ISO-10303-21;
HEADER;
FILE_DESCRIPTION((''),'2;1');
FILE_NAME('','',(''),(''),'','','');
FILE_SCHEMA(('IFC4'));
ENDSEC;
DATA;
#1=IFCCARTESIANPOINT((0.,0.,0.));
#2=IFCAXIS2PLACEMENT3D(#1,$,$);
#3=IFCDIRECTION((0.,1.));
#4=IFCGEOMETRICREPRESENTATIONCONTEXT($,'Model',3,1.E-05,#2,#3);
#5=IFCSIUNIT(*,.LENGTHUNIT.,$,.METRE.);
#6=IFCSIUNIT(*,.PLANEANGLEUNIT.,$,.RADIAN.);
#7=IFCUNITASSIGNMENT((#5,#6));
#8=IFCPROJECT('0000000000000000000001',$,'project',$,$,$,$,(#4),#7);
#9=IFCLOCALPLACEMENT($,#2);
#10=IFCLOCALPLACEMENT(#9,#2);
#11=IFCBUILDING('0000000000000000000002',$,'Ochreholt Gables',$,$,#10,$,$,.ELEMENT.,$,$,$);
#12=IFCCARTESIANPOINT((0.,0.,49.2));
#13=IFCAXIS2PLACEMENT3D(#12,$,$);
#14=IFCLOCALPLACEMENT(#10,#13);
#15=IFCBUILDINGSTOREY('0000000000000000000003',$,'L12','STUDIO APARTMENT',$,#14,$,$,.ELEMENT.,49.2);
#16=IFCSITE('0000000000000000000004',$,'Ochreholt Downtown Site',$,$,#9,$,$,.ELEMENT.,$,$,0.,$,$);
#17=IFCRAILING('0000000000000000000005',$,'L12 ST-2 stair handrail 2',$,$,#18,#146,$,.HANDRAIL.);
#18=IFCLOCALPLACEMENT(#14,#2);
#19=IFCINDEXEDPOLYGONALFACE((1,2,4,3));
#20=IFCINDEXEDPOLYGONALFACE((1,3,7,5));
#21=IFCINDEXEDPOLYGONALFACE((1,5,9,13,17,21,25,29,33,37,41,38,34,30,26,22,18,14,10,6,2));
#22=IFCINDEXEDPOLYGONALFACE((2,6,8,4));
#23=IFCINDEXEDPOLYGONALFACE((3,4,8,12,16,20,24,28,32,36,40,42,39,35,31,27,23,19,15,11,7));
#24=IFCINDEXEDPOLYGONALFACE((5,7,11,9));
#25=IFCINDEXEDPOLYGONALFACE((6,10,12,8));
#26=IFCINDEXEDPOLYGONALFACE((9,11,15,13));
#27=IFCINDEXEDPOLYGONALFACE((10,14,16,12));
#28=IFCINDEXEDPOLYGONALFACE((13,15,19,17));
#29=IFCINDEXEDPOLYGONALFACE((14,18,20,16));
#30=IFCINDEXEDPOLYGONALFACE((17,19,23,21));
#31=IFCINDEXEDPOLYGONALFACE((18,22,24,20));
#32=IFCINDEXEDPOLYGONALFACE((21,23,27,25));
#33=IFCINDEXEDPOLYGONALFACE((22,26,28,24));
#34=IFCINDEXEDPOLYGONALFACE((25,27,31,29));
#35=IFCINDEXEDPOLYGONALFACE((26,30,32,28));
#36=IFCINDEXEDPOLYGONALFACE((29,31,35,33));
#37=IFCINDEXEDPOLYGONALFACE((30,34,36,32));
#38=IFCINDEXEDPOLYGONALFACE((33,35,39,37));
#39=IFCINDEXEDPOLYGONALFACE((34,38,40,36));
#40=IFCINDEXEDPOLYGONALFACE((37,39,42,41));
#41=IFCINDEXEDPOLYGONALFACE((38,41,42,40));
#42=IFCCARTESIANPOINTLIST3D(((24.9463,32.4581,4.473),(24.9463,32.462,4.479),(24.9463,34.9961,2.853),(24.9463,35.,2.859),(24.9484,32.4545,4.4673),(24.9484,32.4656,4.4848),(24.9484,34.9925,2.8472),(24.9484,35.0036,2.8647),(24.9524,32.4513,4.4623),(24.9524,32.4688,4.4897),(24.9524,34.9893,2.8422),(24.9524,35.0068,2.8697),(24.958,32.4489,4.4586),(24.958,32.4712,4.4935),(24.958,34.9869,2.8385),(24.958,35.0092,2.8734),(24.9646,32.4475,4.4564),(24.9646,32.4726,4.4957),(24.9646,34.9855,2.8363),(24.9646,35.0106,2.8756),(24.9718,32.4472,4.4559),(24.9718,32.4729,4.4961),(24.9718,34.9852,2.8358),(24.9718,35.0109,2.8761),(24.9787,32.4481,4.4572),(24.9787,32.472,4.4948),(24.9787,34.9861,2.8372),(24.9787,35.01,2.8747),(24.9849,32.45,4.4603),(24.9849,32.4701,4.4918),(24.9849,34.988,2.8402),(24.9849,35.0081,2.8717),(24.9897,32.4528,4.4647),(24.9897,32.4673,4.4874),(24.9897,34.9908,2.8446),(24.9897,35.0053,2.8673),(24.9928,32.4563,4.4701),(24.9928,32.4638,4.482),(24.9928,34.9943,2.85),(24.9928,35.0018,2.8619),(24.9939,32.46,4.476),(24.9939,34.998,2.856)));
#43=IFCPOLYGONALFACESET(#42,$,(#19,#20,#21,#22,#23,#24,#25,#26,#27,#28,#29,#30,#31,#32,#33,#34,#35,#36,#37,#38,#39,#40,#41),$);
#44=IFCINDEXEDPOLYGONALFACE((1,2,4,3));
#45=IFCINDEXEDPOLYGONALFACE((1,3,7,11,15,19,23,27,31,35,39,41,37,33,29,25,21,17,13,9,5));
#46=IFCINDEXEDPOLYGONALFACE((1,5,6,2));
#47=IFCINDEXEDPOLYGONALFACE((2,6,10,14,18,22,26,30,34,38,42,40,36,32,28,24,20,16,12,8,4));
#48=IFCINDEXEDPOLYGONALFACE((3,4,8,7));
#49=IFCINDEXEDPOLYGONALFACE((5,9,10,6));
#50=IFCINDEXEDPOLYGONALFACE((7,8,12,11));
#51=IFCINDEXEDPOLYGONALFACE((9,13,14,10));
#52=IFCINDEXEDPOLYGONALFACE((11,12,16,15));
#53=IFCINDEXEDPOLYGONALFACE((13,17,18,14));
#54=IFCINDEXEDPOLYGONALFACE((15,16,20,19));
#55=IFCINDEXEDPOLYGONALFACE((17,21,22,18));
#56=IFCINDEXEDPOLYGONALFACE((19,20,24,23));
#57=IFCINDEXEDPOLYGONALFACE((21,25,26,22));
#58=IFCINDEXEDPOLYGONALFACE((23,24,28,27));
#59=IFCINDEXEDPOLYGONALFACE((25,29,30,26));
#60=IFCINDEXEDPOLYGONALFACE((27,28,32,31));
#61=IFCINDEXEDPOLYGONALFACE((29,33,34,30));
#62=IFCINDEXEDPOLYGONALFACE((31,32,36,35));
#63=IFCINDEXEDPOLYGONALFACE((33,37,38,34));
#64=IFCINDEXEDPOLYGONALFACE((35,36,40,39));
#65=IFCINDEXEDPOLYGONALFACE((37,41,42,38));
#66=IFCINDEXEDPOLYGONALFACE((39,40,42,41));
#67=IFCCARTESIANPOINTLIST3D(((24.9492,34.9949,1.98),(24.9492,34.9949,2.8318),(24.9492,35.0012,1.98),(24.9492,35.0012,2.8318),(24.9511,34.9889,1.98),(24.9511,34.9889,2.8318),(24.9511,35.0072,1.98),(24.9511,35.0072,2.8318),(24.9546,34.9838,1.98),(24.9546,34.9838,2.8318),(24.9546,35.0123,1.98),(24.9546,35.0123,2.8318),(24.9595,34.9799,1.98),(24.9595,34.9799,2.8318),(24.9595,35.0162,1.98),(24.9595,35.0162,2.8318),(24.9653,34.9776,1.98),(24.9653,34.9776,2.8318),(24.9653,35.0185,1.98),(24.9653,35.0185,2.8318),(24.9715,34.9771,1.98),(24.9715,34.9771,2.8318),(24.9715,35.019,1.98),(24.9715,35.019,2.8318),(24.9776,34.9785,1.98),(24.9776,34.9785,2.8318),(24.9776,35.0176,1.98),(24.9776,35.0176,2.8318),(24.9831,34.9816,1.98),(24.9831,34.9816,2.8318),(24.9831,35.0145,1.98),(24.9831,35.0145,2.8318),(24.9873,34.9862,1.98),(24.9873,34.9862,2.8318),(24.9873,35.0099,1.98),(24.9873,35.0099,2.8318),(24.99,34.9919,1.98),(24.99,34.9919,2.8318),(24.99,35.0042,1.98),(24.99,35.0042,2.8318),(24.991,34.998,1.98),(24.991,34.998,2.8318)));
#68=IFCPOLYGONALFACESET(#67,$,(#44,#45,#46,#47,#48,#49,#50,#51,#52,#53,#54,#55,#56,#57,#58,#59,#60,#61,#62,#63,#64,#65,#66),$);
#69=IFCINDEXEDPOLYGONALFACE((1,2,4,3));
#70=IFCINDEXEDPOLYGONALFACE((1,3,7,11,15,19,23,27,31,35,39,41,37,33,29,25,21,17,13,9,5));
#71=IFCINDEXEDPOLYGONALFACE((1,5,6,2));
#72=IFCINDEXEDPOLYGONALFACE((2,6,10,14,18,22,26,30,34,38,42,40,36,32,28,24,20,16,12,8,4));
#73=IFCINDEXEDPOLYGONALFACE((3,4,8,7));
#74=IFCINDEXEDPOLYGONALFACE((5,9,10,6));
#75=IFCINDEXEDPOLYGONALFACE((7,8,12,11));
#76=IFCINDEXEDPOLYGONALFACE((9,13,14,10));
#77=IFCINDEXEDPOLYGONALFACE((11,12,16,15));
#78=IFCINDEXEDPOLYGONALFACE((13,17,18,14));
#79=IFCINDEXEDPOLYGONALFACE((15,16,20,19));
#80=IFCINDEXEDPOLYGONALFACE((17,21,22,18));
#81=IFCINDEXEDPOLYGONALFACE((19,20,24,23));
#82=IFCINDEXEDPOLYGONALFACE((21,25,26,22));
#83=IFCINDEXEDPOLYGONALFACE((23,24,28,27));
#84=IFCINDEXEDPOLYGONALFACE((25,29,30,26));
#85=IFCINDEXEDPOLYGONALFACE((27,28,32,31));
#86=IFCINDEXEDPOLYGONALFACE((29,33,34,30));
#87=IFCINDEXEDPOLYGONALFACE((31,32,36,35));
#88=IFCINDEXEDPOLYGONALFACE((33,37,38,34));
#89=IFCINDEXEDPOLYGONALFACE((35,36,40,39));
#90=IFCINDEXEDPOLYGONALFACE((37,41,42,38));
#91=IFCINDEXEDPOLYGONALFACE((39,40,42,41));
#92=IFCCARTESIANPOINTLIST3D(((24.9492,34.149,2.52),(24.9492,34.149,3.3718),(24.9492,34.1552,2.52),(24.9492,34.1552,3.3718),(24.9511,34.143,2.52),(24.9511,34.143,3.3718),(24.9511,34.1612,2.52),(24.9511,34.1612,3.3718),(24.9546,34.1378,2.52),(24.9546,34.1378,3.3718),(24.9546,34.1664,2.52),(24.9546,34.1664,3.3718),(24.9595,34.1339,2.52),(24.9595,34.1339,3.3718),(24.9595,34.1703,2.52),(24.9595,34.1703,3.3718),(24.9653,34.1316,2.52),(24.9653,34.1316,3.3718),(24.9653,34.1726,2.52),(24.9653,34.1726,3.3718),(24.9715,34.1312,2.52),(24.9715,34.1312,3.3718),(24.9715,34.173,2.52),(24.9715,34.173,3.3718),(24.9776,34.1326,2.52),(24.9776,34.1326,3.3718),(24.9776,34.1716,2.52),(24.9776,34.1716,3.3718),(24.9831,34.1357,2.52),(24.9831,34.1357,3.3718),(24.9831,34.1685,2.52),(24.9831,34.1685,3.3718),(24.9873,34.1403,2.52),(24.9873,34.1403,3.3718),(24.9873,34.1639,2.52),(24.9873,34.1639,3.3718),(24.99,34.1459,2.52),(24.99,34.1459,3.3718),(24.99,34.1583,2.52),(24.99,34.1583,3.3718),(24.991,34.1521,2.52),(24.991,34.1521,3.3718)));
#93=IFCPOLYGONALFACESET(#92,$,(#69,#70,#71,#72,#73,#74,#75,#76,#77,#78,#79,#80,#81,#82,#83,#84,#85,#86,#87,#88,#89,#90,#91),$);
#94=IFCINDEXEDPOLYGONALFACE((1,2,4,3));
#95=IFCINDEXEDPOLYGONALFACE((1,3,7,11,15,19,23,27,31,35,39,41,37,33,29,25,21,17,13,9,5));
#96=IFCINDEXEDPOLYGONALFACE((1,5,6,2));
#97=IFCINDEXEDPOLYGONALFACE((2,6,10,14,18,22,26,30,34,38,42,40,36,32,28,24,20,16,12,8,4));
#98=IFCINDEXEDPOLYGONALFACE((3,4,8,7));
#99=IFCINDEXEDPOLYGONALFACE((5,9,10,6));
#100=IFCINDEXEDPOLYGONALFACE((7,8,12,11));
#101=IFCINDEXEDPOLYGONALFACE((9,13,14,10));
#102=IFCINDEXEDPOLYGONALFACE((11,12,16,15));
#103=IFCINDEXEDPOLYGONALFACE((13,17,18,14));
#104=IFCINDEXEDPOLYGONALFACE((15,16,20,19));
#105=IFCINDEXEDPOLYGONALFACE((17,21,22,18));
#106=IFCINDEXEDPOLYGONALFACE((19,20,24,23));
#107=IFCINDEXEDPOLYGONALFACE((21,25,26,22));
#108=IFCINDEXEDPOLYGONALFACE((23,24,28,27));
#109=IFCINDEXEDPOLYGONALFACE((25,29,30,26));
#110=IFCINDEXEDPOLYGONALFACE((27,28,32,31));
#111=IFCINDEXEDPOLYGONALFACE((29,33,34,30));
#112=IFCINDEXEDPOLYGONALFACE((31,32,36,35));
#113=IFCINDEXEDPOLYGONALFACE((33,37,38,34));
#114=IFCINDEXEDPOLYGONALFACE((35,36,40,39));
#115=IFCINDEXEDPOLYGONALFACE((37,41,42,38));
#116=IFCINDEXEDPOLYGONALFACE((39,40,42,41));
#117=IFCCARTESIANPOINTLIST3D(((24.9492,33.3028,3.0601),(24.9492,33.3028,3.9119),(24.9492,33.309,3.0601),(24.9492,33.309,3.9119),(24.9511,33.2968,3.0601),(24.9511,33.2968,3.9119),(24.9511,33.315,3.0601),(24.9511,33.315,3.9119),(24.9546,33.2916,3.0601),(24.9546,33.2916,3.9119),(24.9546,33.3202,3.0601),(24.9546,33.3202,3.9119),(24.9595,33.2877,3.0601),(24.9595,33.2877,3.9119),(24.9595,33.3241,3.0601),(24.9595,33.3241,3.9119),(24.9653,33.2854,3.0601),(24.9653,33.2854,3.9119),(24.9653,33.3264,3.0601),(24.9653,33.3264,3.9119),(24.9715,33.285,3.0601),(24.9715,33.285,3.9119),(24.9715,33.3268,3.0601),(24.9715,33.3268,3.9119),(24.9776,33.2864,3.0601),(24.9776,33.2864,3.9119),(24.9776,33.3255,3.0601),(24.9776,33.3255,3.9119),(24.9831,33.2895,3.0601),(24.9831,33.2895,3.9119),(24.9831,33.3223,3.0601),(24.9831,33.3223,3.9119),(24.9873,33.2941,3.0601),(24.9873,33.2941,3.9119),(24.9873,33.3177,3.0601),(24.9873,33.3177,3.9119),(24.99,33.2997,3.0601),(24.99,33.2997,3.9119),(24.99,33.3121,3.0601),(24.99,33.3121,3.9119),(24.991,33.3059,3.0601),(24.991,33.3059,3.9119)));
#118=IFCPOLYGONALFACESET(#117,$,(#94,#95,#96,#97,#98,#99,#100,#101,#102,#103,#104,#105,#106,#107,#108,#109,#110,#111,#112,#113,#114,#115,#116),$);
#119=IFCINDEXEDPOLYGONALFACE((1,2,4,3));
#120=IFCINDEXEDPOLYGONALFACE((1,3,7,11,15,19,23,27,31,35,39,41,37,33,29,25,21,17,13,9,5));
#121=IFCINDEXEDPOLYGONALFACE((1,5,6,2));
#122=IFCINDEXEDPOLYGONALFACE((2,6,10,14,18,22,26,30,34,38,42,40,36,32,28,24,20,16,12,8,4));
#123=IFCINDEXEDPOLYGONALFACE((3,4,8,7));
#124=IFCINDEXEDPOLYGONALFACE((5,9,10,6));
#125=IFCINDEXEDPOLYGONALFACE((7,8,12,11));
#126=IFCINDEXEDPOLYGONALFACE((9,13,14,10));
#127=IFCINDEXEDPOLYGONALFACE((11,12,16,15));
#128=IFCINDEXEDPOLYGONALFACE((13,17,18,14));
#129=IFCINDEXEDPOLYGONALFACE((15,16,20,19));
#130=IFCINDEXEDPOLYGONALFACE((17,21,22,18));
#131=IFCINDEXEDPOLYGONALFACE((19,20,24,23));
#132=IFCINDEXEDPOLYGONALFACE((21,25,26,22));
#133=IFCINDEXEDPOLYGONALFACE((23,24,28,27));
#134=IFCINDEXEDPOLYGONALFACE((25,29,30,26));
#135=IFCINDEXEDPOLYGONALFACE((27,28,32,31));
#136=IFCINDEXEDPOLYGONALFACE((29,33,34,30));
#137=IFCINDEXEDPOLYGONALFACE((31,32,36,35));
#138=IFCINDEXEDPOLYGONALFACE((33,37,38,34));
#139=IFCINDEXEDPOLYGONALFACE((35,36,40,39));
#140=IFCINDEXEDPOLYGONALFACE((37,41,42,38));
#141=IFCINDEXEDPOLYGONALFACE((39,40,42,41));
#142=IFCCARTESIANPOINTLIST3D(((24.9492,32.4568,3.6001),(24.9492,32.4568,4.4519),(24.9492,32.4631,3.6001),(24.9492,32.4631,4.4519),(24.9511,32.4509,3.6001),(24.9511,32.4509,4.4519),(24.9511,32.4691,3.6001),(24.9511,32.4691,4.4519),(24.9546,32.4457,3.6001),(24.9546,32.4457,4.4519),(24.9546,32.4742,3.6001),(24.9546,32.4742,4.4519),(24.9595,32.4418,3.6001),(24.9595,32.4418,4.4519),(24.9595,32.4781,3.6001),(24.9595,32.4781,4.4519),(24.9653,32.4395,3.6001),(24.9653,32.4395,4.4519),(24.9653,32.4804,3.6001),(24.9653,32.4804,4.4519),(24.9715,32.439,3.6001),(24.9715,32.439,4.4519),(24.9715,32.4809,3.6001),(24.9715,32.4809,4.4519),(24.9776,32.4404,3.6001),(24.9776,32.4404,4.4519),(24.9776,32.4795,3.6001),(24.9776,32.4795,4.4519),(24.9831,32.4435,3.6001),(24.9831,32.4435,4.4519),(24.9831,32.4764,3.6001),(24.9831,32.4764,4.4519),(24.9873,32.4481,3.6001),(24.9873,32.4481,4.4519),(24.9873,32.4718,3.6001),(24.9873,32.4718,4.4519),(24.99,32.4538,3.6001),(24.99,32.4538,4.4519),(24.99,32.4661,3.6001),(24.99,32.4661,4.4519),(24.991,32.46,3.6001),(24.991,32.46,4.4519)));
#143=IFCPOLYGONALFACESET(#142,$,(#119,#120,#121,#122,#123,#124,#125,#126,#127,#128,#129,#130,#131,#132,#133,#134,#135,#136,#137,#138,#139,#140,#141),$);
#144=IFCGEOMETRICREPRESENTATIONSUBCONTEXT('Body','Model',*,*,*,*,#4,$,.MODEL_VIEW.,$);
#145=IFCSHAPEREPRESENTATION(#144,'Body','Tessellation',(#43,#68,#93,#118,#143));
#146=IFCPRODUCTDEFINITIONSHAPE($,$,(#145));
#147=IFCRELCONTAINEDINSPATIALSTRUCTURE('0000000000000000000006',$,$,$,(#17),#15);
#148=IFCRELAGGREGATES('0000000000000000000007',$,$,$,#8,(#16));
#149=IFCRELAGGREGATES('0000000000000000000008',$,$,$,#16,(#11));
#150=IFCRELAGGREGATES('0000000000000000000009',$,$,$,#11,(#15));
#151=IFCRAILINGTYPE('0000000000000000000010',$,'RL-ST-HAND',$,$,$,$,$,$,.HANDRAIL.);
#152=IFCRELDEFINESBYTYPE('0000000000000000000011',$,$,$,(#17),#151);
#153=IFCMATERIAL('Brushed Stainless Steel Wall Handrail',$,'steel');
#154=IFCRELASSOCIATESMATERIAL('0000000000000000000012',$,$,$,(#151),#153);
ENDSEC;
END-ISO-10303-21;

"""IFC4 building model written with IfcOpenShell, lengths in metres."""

from ifc_helpers import new_model, si_unit, direction, frame, origin, origin_2d, place, context, subcontext, project, spatial, circle, extrude, material, type_object, element, save


model = new_model("IFC4")

# Units and contexts
model_context = context("Model", 3, precision=1e-05, world=origin(), true_north=direction((0.0, 1.0)))
body_context = subcontext(model_context, "Body", "Model", "MODEL_VIEW")
ifc_project = project(units=[si_unit("LENGTHUNIT", "METRE"), si_unit("PLANEANGLEUNIT", "RADIAN")], contexts=[model_context])

# Site, building, storey
site_placement = place(None, origin())
site = spatial("IfcSite", under=ifc_project, at=site_placement, Name="Ochreholt Downtown Site", CompositionType="ELEMENT", RefElevation=0.0)
building_placement = place(site_placement, origin())
building = spatial("IfcBuilding", under=site, at=building_placement, Name="Ochreholt Gables", CompositionType="ELEMENT")
storey_placement = place(building_placement, frame((0.0, 0.0, 49.2)))
storey = spatial("IfcBuildingStorey", under=building, at=storey_placement, Name="L12", Description="STUDIO APARTMENT", CompositionType="ELEMENT", Elevation=49.2)

# Railing
ifc_material_1 = material(Name="Brushed Stainless Steel Wall Handrail", Category="steel")
railing_type_1 = type_object("IfcRailingType", Name="RL-ST-HAND", PredefinedType="HANDRAIL", material=ifc_material_1)
railing_1_placement = place(storey_placement, frame((24.97, 34.998, 1.98)))
element("IfcRailing", 1, at=railing_1_placement, inside=storey, type_object=railing_type_1, Name="L12 ST-2 stair handrail 2", PredefinedType="HANDRAIL", context=body_context, shape_type="SweptSolid", body=[
    extrude(circle(Radius=0.0239, at=origin_2d()), frame((0.0, 0.0, 0.876), z_axis=(0.0, -0.842913, 0.53805), x_axis=(1.0, 0.0, 0.0)), (0.0, 0.0, 1.0), 3.011),
    extrude(circle(Radius=0.021, at=origin_2d()), origin(), (0.0, 0.0, 1.0), 0.8518),
    extrude(circle(Radius=0.021, at=origin_2d()), frame((0.0, -0.8459, 0.54)), (0.0, 0.0, 1.0), 0.8518),
    extrude(circle(Radius=0.021, at=origin_2d()), frame((0.0, -1.6921, 1.0801)), (0.0, 0.0, 1.0), 0.8518),
    extrude(circle(Radius=0.021, at=origin_2d()), frame((0.0, -2.5381, 1.6201)), (0.0, 0.0, 1.0), 0.8518),
])

save(model, "model.ifc")
